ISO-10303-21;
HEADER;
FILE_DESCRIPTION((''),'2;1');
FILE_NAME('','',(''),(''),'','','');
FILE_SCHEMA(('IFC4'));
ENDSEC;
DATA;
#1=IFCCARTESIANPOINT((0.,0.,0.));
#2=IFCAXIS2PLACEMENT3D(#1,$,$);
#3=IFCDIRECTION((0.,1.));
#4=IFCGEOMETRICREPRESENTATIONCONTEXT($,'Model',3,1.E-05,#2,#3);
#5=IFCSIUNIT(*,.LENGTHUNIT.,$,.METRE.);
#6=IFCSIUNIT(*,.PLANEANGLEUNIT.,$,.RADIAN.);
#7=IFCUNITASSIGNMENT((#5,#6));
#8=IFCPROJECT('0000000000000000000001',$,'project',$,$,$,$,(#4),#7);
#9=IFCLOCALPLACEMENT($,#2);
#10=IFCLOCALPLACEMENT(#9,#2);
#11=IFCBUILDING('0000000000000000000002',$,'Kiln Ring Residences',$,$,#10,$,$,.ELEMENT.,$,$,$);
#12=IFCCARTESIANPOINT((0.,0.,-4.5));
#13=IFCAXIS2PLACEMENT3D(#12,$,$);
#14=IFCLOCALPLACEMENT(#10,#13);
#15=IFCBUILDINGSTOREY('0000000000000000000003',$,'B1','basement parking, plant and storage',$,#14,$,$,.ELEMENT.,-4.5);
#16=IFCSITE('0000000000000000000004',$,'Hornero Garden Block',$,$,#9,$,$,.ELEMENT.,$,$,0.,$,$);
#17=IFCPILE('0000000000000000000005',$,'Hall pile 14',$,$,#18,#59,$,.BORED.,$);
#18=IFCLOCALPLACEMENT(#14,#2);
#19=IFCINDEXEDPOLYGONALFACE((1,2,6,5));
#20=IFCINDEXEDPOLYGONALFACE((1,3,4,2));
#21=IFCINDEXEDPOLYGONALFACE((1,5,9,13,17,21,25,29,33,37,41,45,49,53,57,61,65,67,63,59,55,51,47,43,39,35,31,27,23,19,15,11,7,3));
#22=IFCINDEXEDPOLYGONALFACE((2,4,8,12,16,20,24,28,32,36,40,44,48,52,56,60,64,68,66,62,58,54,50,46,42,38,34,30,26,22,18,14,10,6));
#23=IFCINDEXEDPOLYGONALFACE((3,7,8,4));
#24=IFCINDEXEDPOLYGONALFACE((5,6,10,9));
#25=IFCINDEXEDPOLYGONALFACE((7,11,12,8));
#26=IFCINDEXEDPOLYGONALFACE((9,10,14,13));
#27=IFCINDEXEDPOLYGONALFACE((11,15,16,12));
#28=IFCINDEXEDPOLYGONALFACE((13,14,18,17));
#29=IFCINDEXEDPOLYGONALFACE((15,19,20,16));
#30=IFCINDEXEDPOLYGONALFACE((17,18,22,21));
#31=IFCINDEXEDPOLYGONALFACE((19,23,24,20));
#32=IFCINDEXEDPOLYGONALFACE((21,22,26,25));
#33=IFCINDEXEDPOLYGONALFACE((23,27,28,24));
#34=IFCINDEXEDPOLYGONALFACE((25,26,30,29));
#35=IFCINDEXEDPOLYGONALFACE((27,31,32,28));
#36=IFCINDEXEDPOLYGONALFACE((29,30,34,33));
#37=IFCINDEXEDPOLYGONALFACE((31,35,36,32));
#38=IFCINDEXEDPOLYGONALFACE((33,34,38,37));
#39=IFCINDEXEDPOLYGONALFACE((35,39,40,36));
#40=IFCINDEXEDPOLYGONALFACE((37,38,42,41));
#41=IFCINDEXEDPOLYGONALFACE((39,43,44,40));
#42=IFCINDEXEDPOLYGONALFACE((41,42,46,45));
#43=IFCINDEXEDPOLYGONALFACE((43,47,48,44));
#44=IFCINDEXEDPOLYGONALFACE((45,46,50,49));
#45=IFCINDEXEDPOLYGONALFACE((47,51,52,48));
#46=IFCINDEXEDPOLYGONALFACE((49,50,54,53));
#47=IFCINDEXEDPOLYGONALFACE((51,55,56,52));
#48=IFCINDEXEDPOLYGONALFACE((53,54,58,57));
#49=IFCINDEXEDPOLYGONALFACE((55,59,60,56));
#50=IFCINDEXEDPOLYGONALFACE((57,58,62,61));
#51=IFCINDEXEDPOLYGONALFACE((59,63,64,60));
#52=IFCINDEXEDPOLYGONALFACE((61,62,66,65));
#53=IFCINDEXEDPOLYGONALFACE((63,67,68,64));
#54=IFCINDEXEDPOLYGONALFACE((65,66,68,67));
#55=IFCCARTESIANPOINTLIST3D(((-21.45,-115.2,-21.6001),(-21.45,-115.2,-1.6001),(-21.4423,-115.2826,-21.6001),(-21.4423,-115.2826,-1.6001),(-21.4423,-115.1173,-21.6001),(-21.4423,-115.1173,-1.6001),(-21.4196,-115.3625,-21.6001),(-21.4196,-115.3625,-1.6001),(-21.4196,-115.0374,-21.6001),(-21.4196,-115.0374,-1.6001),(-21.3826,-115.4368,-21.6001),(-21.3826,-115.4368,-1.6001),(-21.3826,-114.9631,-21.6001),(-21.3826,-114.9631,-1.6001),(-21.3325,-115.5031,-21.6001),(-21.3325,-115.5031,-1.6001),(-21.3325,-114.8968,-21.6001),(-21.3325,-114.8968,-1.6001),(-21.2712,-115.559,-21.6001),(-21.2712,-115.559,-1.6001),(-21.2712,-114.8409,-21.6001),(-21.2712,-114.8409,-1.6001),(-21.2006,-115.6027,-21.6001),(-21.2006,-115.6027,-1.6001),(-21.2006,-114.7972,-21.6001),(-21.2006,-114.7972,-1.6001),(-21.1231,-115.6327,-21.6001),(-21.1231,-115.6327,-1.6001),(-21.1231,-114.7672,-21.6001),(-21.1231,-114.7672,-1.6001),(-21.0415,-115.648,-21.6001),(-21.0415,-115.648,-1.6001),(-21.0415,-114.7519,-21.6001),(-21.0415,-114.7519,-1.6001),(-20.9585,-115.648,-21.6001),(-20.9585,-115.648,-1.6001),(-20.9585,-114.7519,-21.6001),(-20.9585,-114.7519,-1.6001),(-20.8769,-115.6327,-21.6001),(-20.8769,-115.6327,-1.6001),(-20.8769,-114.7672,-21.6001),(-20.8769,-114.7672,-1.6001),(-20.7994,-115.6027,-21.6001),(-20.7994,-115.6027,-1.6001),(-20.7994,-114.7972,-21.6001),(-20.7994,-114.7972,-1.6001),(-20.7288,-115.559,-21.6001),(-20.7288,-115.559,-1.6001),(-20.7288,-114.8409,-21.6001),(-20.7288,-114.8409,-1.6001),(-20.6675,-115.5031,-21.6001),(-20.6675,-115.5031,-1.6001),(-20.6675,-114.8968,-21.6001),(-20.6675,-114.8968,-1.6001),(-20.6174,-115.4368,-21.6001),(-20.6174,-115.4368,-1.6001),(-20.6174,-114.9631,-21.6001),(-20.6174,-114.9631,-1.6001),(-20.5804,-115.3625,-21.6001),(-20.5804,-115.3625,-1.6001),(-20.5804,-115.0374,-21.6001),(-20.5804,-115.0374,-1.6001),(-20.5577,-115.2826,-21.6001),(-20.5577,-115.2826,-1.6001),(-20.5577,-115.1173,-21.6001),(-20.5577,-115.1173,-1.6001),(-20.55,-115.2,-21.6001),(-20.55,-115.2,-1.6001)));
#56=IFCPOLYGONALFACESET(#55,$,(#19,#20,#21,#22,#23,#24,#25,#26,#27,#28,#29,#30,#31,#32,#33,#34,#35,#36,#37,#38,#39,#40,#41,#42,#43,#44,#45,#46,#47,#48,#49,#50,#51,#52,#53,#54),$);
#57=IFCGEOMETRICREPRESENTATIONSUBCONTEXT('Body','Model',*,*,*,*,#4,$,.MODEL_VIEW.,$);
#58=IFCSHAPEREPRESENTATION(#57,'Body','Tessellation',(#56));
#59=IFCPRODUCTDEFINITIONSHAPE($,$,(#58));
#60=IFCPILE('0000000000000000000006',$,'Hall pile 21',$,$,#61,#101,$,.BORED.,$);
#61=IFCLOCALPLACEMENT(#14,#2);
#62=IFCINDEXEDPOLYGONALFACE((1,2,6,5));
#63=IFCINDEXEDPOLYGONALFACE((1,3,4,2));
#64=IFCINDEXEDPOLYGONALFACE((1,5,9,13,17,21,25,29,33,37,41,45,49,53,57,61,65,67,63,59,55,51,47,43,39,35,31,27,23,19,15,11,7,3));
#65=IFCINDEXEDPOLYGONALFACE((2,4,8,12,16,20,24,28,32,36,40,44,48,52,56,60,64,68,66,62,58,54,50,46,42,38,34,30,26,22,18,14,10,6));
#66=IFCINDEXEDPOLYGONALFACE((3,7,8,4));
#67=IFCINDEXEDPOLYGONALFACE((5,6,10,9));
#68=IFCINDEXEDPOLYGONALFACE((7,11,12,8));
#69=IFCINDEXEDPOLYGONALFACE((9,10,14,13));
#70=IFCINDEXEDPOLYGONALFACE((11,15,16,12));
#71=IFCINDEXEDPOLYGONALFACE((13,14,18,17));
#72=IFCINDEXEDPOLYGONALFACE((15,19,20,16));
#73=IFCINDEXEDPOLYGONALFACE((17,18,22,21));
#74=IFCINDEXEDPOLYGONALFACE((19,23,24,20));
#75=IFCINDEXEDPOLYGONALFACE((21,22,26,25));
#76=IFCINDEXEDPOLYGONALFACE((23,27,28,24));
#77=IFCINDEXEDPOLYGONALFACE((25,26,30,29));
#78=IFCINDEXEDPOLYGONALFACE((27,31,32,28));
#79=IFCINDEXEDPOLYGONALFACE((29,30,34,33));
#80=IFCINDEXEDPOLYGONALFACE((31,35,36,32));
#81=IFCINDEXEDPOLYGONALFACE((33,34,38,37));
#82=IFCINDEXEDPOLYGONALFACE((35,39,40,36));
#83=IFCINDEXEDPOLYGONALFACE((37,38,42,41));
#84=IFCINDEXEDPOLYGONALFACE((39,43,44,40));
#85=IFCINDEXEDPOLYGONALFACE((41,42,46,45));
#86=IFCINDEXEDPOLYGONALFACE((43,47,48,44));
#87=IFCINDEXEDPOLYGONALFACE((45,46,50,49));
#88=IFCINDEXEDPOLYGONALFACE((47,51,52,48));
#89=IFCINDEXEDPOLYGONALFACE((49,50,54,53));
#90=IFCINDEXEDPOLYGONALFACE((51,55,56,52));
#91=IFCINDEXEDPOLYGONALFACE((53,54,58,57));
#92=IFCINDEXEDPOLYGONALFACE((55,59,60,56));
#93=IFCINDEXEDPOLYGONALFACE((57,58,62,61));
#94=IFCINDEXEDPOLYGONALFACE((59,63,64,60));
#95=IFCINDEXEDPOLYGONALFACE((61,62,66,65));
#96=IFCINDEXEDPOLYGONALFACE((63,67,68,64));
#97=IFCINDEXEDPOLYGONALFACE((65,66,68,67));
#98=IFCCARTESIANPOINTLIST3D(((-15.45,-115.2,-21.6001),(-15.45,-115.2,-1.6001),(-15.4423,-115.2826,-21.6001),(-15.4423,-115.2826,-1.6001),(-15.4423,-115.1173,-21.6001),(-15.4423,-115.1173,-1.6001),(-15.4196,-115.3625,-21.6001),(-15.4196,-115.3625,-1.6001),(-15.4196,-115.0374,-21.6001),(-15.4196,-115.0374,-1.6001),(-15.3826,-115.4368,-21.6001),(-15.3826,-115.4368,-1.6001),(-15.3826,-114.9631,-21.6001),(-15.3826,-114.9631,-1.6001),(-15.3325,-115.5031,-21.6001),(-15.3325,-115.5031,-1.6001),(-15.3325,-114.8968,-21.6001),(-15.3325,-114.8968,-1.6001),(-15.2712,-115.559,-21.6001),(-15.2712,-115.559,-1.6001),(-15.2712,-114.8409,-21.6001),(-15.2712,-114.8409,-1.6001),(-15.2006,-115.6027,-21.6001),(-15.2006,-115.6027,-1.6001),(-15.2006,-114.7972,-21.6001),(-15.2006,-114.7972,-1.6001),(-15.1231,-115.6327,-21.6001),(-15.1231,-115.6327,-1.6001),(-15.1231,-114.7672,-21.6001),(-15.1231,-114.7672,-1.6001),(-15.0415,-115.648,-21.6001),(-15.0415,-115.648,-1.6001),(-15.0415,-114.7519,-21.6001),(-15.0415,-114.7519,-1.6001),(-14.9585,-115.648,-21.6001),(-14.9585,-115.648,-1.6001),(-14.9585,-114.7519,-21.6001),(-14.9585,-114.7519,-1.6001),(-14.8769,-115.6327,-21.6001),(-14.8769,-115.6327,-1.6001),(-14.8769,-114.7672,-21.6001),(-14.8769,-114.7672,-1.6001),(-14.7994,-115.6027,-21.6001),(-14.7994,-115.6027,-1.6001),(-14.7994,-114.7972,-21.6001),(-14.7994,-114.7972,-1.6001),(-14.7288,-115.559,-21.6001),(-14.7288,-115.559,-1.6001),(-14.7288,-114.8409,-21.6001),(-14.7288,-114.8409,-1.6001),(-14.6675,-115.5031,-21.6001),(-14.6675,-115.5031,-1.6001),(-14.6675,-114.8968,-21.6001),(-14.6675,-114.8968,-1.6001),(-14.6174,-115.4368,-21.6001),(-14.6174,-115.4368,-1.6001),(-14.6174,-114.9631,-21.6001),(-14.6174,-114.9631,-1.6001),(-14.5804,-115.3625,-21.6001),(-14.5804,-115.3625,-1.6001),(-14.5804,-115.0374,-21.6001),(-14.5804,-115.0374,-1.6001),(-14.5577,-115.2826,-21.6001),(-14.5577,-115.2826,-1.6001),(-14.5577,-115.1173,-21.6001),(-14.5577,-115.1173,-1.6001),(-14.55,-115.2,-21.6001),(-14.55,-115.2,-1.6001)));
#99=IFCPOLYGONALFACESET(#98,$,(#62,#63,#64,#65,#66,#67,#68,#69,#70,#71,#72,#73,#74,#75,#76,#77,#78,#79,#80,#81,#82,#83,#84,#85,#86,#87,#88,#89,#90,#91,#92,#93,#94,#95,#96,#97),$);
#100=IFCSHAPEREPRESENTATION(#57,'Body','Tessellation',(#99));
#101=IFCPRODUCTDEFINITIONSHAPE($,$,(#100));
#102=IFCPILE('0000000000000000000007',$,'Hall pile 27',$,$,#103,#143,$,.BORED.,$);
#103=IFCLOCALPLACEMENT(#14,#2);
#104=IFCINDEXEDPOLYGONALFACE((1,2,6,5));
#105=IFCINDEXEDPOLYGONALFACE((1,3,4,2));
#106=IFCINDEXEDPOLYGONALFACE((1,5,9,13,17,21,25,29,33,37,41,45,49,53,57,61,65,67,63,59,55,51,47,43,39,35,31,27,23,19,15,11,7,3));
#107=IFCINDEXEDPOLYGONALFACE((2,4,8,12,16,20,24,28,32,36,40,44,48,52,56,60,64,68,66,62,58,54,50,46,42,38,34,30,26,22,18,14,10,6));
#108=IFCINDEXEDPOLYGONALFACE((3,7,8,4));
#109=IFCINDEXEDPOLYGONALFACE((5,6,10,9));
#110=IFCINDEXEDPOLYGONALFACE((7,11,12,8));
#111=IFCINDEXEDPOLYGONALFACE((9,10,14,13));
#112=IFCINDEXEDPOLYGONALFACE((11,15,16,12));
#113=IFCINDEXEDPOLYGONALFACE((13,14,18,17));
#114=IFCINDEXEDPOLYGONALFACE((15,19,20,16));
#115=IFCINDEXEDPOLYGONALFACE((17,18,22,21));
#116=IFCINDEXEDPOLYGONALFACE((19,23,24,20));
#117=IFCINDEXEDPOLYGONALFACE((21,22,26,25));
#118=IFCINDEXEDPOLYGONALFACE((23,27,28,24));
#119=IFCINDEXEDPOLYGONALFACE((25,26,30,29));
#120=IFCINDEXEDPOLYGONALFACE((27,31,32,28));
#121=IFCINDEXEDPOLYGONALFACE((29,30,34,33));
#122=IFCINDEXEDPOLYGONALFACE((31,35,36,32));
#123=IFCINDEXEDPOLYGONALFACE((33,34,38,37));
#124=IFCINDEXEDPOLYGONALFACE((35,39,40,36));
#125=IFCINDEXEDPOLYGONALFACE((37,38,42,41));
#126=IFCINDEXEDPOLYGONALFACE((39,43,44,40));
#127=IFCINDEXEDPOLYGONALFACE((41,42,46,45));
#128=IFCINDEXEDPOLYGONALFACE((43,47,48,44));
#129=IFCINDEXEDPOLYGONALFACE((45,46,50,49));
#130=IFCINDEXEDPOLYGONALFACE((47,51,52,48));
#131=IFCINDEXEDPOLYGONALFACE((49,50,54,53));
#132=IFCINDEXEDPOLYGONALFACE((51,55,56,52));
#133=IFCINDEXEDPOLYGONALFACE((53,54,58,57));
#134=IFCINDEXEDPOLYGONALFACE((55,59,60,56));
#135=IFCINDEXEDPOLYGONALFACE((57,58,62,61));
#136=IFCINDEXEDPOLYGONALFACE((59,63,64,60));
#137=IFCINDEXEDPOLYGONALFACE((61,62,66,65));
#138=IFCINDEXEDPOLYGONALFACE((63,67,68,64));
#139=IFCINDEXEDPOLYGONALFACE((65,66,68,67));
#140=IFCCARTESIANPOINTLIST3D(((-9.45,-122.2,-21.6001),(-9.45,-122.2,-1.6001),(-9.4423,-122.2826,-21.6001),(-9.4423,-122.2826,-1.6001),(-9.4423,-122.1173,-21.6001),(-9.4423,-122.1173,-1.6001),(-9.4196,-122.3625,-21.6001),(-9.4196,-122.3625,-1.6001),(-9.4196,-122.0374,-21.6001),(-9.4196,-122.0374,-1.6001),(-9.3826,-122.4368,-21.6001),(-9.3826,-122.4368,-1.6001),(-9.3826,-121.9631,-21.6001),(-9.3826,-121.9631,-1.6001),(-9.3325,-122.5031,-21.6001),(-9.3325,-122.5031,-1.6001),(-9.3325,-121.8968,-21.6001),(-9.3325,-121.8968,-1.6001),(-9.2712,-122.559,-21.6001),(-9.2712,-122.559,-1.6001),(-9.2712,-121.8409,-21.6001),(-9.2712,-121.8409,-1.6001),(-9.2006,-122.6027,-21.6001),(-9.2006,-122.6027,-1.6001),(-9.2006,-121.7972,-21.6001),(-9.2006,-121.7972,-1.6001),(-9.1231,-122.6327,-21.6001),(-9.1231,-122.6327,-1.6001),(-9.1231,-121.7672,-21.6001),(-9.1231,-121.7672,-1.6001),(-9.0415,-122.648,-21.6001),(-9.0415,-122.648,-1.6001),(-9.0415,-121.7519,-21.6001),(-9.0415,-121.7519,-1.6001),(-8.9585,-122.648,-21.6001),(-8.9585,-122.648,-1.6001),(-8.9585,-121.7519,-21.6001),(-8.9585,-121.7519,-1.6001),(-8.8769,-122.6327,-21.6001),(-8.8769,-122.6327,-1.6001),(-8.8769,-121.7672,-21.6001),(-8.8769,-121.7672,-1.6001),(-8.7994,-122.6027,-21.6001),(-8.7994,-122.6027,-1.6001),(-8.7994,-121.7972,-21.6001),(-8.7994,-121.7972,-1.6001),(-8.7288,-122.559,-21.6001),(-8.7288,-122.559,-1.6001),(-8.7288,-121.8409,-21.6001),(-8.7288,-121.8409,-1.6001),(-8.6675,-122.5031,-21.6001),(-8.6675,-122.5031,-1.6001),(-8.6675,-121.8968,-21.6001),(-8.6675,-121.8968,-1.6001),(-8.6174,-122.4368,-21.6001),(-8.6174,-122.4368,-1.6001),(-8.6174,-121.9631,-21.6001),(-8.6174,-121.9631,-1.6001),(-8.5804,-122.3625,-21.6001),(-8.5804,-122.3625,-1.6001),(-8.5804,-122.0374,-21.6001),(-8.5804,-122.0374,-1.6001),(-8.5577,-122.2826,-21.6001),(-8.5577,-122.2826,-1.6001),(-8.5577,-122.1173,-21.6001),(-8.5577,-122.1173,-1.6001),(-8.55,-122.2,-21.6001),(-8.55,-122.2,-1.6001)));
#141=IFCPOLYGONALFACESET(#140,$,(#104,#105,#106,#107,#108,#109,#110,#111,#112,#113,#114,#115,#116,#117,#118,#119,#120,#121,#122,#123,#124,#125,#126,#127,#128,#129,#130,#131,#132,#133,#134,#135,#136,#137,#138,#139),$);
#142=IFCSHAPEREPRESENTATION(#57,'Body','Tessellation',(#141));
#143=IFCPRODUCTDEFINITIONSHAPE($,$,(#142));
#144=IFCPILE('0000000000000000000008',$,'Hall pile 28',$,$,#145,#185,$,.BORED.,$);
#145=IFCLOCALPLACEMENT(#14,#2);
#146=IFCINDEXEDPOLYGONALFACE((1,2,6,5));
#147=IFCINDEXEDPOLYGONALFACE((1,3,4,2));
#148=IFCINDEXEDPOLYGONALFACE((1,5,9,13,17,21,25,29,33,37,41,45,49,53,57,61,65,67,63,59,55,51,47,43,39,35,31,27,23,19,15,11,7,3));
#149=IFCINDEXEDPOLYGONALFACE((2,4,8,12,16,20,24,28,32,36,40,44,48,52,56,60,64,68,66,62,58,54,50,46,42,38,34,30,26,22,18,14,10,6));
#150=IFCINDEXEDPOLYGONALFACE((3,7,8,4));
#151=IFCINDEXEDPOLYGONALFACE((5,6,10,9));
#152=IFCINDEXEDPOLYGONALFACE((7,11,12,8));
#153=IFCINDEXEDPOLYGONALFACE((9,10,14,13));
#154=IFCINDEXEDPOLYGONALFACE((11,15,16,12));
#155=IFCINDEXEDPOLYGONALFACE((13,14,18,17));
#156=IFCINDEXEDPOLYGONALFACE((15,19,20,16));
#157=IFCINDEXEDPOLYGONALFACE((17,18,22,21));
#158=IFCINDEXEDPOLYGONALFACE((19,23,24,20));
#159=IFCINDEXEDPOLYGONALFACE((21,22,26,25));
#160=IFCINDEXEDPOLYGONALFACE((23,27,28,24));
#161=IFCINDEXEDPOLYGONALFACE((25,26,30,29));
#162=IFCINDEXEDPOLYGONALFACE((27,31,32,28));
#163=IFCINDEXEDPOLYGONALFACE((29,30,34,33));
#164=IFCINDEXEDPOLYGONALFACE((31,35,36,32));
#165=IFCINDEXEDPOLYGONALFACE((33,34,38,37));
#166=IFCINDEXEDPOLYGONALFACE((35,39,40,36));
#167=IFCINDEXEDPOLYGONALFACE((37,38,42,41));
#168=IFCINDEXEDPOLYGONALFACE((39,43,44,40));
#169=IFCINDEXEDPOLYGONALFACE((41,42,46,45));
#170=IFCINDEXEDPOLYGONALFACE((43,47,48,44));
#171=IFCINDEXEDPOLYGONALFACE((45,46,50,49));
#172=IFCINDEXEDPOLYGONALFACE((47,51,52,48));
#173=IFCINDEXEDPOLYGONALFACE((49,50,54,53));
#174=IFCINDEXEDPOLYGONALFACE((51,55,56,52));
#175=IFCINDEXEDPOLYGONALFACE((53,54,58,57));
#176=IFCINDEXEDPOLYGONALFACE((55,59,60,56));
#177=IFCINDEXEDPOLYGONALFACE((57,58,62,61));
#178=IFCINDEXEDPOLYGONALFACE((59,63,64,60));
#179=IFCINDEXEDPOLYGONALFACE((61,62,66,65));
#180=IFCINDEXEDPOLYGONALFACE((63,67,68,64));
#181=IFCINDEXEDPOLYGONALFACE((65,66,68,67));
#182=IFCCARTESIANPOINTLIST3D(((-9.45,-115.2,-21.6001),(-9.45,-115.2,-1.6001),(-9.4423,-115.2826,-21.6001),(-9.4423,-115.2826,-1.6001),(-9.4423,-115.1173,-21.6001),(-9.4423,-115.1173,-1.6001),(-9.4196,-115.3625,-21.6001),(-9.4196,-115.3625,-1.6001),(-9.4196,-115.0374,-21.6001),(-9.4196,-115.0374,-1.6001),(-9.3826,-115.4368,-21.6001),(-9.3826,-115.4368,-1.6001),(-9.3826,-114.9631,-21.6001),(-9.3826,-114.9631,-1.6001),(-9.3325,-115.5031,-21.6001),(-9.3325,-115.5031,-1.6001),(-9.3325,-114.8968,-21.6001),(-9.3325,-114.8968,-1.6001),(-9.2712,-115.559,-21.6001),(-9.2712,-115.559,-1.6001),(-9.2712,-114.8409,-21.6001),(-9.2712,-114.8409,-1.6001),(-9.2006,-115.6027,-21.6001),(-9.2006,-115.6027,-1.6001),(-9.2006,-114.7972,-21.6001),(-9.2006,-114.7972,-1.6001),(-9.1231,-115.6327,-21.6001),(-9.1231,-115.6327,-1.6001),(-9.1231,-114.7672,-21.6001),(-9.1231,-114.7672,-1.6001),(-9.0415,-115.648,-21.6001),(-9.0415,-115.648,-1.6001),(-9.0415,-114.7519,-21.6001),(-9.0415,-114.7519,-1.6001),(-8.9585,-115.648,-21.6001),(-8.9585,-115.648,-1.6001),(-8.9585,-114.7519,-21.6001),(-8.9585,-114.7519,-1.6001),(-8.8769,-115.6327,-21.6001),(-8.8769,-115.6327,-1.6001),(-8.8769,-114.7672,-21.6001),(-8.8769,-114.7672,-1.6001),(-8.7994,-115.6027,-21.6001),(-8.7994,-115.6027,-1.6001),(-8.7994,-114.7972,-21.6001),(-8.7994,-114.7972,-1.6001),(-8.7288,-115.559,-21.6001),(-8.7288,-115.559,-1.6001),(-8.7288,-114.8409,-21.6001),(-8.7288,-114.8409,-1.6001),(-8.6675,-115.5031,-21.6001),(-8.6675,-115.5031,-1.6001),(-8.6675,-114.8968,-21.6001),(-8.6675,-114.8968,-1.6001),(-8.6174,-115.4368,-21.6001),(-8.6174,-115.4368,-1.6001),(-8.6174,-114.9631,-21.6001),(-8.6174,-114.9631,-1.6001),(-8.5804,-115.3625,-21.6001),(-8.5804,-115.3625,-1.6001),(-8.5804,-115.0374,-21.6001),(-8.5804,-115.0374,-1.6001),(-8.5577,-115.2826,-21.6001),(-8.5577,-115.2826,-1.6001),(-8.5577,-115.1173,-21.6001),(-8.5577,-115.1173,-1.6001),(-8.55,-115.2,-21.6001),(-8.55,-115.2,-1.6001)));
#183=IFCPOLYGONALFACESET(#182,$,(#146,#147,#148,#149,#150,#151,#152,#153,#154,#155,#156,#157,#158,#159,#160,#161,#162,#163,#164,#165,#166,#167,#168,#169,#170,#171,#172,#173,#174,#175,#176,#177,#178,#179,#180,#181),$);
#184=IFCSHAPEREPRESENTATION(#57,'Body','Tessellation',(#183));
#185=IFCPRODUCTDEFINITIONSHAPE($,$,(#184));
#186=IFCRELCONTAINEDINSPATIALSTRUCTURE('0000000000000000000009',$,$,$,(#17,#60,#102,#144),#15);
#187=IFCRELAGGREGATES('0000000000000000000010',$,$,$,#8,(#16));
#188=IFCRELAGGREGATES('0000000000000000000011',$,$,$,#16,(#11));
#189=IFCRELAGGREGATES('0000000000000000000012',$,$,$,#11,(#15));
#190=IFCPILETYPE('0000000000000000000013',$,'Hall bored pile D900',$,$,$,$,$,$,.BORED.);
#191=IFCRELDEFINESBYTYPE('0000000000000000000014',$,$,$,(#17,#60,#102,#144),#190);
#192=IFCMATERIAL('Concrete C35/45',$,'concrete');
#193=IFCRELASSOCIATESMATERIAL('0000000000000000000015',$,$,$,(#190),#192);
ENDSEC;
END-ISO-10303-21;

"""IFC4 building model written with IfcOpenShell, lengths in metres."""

from ifc_helpers import new_model, si_unit, direction, frame, origin, origin_2d, place, context, subcontext, project, spatial, circle, extrude, material, material_profile, profile_set, type_object, element, save


model = new_model("IFC4")

# Units and contexts
model_context = context("Model", 3, precision=1e-05, world=origin(), true_north=direction((0.0, 1.0)))
body_context = subcontext(model_context, "Body", "Model", "MODEL_VIEW")
ifc_project = project(units=[si_unit("LENGTHUNIT", "METRE"), si_unit("PLANEANGLEUNIT", "RADIAN")], contexts=[model_context])

# Site, building, storey
site_placement = place(None, origin())
site = spatial("IfcSite", under=ifc_project, at=site_placement, Name="Hornero Garden Block", CompositionType="ELEMENT", RefElevation=0.0)
building_placement = place(site_placement, origin())
building = spatial("IfcBuilding", under=site, at=building_placement, Name="Kiln Ring Residences", CompositionType="ELEMENT")
storey_placement = place(building_placement, frame((0.0, 0.0, -4.5)))
storey = spatial("IfcBuildingStorey", under=building, at=storey_placement, Name="B1", Description="basement parking, plant and storage", CompositionType="ELEMENT", Elevation=-4.5)

# Piles
ifc_material_1 = material(Name="Concrete C35/45", Category="concrete")
ifc_material_profile_1 = material_profile(ifc_material_1, circle(Radius=0.45, at=origin_2d()), Name="Hall bored pile D900")
ifc_profile_set_1 = profile_set([ifc_material_profile_1], Name="Concrete C35/45")
pile_type = type_object("IfcPileType", Name="Hall bored pile D900", PredefinedType="BORED", material=ifc_profile_set_1)
for number, where, z_axis, x_axis, name in (
    (1, (-21.0, -115.2, -1.6001), (0.0, 0.0, -1.0), (1.0, 0.0, 0.0), "Hall pile 14"),
    (2, (-15.0, -115.2, -1.6001), (0.0, 0.0, -1.0), (1.0, 0.0, 0.0), "Hall pile 21"),
    (3, (-9.0, -122.2, -1.6001), (0.0, 0.0, -1.0), (1.0, 0.0, 0.0), "Hall pile 27"),
    (4, (-9.0, -115.2, -1.6001), (0.0, 0.0, -1.0), (1.0, 0.0, 0.0), "Hall pile 28"),
):
    element("IfcPile", number, at=place(storey_placement, frame(where, z_axis=z_axis, x_axis=x_axis)), inside=storey, type_object=pile_type, Name=name, PredefinedType="BORED", context=body_context, shape_type="SweptSolid", body=[
        extrude(circle(Radius=0.45, at=origin_2d()), origin(), (0.0, 0.0, 1.0), 20.0),
    ])

save(model, "model.ifc")
